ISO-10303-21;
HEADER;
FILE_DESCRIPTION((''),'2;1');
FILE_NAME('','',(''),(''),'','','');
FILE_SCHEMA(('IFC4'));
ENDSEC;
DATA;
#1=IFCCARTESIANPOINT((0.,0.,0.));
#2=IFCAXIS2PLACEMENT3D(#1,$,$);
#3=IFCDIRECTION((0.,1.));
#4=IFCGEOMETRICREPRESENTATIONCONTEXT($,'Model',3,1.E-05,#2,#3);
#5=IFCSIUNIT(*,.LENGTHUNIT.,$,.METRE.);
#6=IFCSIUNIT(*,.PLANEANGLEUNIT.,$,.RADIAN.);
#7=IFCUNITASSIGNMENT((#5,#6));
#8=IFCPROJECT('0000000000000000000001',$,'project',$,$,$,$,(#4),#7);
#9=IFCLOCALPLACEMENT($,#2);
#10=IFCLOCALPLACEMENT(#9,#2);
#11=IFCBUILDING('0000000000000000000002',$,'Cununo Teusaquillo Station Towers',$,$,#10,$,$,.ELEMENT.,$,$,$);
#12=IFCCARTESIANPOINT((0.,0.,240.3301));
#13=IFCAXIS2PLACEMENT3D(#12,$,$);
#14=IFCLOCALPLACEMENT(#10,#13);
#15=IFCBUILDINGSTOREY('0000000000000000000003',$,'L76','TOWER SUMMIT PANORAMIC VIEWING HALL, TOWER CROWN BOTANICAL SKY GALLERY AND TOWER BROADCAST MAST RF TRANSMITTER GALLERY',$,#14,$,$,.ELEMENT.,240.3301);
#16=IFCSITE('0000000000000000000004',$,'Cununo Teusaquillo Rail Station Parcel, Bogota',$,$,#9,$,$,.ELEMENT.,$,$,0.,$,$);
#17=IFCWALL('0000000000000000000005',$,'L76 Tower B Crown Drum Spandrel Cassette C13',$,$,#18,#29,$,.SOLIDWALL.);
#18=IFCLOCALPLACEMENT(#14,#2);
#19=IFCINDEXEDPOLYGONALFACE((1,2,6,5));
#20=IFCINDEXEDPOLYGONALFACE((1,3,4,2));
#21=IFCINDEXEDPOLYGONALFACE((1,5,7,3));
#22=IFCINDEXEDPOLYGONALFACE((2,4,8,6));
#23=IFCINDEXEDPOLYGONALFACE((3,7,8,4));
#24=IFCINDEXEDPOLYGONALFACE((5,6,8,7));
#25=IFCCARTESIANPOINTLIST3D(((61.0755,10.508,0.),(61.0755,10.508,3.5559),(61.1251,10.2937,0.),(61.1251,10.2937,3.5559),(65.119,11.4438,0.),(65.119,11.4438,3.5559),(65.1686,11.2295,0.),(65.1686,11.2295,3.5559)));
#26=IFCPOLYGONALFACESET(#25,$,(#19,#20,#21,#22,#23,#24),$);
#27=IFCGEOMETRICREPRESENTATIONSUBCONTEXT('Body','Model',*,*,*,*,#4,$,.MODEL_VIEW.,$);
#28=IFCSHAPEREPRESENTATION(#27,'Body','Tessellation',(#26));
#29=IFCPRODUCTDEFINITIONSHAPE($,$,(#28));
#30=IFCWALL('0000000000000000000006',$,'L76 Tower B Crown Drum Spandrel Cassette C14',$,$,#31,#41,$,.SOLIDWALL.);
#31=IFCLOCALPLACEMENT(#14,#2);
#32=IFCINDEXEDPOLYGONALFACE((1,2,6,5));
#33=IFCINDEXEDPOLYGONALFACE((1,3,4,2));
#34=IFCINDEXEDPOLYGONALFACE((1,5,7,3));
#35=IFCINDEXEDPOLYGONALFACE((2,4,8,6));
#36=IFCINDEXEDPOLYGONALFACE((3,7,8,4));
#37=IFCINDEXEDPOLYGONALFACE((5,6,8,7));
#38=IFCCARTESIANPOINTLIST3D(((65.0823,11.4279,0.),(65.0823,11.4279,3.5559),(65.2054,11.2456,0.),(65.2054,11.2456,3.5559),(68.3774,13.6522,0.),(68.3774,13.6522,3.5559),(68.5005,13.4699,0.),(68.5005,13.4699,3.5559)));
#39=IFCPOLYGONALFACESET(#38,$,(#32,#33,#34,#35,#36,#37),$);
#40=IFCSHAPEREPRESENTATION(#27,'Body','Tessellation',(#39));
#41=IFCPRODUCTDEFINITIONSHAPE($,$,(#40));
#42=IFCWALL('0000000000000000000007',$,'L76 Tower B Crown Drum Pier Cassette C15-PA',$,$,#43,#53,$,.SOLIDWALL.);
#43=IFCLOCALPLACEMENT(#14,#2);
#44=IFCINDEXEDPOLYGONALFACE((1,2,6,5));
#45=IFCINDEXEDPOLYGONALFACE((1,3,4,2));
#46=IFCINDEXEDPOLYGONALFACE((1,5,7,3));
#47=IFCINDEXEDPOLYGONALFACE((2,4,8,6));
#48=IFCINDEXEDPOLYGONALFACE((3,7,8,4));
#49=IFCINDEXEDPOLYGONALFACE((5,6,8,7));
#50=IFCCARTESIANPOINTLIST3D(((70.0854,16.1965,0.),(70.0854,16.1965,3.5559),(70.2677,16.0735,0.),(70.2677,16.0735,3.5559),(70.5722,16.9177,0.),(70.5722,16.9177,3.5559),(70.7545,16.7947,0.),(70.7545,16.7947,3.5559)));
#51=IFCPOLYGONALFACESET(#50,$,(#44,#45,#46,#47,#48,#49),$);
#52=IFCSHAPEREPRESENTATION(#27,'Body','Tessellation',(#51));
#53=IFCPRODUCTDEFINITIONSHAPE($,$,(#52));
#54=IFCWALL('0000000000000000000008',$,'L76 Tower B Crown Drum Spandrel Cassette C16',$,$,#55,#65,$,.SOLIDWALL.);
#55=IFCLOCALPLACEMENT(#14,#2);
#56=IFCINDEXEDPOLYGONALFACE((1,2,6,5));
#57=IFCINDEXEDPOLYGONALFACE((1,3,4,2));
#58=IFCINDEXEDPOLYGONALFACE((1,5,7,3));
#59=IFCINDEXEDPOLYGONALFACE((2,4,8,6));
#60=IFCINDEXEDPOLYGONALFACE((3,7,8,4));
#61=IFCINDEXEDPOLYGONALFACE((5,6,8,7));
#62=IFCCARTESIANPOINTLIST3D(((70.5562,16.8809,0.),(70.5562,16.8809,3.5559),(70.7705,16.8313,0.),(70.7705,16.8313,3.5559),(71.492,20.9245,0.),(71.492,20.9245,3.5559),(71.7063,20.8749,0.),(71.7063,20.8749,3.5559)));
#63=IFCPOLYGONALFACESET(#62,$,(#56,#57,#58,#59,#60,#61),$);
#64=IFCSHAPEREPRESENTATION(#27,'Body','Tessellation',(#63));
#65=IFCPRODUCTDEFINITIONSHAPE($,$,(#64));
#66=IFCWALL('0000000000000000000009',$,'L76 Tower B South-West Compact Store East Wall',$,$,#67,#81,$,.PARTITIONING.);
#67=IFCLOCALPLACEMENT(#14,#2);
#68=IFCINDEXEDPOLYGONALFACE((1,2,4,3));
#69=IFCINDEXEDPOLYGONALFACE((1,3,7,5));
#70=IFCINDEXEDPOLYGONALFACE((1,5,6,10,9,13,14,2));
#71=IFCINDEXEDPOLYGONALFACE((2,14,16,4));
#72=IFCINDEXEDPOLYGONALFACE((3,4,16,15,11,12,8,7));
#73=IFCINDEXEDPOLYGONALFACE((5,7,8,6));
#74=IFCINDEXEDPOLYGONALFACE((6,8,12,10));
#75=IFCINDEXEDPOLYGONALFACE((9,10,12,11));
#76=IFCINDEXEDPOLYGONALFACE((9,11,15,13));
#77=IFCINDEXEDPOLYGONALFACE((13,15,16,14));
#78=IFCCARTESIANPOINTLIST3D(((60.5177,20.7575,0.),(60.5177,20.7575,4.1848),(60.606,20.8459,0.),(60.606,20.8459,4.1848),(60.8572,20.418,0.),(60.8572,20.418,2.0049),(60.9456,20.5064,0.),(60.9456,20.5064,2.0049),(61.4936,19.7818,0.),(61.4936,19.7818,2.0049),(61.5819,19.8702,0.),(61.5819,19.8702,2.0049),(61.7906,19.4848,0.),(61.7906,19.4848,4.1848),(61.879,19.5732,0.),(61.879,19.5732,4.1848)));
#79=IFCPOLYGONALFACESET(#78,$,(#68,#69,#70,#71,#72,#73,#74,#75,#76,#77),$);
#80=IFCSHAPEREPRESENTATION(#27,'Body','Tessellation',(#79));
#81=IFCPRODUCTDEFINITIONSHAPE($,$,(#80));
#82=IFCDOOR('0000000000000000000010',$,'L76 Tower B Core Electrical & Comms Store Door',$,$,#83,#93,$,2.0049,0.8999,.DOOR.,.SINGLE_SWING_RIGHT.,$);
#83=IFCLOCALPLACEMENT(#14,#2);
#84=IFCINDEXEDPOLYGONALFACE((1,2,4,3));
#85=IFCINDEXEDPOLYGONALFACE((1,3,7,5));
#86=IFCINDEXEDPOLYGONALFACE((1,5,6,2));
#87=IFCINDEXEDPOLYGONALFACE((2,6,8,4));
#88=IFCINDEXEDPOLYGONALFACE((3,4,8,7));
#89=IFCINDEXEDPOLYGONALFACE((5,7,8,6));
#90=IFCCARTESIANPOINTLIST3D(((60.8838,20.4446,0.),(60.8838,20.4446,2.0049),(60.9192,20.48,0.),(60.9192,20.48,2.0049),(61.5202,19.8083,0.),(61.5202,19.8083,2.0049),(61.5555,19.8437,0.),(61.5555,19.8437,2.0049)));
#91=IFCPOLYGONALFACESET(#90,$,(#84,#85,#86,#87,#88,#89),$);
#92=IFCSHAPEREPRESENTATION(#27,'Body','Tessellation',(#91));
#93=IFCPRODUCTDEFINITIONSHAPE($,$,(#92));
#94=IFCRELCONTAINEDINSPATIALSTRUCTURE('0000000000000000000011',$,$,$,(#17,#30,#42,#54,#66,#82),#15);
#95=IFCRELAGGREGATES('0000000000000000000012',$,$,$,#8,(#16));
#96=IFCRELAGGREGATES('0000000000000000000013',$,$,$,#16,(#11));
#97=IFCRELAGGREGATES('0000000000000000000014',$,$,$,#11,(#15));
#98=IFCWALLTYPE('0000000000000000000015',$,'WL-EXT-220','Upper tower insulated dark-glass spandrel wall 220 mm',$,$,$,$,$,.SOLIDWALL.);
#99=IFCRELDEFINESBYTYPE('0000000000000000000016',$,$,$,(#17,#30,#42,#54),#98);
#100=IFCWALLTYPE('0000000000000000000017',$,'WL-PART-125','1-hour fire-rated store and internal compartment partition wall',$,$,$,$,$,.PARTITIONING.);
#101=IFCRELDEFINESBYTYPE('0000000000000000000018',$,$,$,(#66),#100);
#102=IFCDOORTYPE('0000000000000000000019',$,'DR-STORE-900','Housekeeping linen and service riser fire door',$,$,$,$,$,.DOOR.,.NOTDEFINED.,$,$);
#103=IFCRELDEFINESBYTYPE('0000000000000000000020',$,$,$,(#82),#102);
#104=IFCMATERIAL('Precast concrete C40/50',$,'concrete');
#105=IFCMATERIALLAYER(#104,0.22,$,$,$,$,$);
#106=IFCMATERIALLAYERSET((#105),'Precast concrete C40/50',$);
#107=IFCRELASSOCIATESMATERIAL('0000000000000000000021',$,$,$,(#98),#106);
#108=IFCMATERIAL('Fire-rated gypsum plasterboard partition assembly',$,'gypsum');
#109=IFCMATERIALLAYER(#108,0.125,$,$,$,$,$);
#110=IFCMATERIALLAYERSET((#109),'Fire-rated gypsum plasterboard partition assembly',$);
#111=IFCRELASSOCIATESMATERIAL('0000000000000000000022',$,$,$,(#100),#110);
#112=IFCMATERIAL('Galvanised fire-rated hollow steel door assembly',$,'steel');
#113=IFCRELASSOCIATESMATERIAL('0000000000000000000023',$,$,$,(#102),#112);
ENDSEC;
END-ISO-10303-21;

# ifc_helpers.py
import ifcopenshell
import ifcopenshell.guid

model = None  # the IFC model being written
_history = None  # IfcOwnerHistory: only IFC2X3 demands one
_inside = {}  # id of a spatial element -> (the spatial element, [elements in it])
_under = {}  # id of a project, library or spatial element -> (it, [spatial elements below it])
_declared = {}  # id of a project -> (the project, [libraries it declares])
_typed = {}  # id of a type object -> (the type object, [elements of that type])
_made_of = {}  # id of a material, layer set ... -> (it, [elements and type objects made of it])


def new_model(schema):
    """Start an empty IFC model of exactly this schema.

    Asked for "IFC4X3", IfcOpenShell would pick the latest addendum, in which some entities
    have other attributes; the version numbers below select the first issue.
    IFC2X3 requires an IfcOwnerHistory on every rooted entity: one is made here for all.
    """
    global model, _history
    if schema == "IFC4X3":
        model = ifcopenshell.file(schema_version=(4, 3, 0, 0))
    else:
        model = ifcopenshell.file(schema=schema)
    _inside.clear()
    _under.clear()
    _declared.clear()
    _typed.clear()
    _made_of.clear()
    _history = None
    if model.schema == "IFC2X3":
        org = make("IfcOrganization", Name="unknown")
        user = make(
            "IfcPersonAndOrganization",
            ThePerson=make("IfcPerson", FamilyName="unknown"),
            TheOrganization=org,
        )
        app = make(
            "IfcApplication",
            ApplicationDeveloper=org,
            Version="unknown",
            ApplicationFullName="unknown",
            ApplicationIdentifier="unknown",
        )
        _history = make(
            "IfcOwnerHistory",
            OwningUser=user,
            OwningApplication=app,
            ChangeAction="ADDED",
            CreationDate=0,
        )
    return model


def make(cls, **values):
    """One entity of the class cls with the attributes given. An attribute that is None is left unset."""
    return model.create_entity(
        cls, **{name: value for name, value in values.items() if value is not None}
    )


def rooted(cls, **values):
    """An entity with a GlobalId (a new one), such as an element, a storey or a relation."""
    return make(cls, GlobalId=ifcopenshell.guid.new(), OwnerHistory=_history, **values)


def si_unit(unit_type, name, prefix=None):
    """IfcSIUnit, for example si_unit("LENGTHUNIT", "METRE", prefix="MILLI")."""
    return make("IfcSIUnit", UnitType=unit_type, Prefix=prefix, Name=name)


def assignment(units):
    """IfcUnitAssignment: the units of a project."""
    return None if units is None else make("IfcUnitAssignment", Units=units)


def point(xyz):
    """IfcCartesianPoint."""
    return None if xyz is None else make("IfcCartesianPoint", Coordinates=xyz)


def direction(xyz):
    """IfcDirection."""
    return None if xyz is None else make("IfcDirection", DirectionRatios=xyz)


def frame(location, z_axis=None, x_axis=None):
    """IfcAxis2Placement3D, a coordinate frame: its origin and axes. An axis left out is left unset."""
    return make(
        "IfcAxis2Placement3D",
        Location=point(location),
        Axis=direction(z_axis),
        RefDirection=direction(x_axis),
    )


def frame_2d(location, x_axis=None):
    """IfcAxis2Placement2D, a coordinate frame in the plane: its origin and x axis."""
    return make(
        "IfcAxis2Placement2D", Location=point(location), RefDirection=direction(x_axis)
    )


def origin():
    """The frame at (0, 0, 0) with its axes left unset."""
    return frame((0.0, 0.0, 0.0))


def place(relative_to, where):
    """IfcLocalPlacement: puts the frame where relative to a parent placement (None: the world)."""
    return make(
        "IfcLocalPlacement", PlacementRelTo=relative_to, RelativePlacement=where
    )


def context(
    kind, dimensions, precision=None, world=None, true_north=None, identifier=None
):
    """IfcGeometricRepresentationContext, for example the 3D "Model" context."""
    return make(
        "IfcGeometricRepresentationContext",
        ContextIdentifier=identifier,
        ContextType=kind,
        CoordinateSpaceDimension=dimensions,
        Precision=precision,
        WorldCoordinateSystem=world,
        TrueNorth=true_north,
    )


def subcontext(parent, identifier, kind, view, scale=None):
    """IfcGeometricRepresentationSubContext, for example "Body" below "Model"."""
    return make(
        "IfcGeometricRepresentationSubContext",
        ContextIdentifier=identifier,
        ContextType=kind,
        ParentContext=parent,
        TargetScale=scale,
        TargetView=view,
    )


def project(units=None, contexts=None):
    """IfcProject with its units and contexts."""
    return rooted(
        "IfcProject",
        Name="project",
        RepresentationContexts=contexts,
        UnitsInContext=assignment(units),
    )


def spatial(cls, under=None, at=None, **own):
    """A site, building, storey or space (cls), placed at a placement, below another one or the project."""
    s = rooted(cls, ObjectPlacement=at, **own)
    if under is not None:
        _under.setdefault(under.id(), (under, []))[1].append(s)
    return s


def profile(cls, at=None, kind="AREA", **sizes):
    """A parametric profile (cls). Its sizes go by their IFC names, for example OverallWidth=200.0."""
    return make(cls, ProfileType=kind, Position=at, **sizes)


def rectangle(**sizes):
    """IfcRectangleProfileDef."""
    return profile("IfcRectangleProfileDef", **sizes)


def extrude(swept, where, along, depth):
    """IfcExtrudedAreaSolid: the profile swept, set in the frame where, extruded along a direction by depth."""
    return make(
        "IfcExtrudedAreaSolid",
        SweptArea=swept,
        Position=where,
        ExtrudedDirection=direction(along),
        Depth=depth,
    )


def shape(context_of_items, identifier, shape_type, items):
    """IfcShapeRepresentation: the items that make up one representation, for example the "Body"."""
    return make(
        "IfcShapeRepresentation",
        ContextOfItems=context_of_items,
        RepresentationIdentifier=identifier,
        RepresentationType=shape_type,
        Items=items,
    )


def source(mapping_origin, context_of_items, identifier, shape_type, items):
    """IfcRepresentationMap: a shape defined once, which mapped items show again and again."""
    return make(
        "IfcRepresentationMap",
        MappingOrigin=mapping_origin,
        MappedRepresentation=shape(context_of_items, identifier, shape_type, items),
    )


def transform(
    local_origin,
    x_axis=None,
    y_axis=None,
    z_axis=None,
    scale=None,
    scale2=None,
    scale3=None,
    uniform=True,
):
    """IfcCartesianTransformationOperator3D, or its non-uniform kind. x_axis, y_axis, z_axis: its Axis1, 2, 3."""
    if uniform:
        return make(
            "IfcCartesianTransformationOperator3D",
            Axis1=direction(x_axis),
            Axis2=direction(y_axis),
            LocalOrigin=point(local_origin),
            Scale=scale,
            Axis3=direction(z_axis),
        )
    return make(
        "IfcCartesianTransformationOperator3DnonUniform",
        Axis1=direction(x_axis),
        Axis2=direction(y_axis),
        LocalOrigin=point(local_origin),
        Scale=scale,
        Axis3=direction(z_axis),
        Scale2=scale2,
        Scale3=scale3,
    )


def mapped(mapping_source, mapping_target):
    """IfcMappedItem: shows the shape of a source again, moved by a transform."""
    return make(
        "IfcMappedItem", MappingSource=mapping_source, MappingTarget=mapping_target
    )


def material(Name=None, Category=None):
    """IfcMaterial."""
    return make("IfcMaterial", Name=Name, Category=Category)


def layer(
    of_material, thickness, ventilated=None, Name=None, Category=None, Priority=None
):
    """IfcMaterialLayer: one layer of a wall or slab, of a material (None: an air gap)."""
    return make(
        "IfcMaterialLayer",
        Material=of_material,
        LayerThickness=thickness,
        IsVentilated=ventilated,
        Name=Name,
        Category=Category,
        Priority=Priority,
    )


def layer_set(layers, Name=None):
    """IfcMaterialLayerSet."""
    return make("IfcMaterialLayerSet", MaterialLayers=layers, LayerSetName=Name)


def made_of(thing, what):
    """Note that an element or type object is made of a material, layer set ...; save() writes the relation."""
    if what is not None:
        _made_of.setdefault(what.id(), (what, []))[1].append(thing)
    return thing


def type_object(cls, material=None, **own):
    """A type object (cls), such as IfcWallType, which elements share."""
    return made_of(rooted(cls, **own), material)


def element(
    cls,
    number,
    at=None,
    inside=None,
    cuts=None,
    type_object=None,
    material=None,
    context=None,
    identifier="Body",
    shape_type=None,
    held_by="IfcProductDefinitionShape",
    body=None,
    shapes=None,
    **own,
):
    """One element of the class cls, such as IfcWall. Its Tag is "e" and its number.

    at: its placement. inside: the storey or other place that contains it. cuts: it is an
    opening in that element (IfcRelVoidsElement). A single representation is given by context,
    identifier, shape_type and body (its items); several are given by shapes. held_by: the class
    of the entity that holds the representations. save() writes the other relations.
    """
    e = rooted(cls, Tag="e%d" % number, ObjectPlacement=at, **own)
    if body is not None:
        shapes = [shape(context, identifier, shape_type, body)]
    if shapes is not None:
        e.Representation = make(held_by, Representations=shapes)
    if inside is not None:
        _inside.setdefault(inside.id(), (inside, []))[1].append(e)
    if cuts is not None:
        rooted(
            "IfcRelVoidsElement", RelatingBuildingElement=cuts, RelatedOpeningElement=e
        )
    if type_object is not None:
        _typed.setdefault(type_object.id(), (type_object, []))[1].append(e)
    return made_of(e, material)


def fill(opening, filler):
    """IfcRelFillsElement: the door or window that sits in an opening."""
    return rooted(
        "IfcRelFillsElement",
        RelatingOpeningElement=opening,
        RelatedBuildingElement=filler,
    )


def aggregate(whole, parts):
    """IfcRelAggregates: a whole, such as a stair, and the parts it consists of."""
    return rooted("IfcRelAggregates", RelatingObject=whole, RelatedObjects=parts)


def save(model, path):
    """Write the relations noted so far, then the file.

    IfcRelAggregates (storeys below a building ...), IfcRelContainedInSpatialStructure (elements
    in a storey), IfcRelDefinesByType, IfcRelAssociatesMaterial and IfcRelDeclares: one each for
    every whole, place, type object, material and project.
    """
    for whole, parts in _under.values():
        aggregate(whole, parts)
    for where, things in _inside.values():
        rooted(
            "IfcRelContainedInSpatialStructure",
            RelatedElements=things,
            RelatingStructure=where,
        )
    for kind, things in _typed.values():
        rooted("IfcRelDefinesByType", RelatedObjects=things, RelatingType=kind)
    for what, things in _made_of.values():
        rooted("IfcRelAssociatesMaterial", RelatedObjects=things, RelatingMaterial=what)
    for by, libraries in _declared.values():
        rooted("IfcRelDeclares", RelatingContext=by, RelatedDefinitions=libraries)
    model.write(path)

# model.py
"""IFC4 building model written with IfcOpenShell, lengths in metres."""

from ifc_helpers import new_model, si_unit, direction, frame, frame_2d, origin, place, context, subcontext, project, spatial, rectangle, extrude, source, transform, mapped, material, layer, layer_set, type_object, element, fill, save


model = new_model("IFC4")

# Units and contexts
model_context = context("Model", 3, precision=1e-05, world=origin(), true_north=direction((0.0, 1.0)))
body_context = subcontext(model_context, "Body", "Model", "MODEL_VIEW")
ifc_project = project(units=[si_unit("LENGTHUNIT", "METRE"), si_unit("PLANEANGLEUNIT", "RADIAN")], contexts=[model_context])

# Site, building, storey
site_placement = place(None, origin())
site = spatial("IfcSite", under=ifc_project, at=site_placement, Name="Cununo Teusaquillo Rail Station Parcel, Bogota", CompositionType="ELEMENT", RefElevation=0.0)
building_placement = place(site_placement, origin())
building = spatial("IfcBuilding", under=site, at=building_placement, Name="Cununo Teusaquillo Station Towers", CompositionType="ELEMENT")
storey_placement = place(building_placement, frame((0.0, 0.0, 240.3301)))
storey = spatial("IfcBuildingStorey", under=building, at=storey_placement, Name="L76", Description="TOWER SUMMIT PANORAMIC VIEWING HALL, TOWER CROWN BOTANICAL SKY GALLERY AND TOWER BROADCAST MAST RF TRANSMITTER GALLERY", CompositionType="ELEMENT", Elevation=240.3301)

# Walls
ifc_material_1 = material(Name="Precast concrete C40/50", Category="concrete")
ifc_layer_1 = layer(ifc_material_1, 0.22)
ifc_layer_set_1 = layer_set([ifc_layer_1], Name="Precast concrete C40/50")
wall_type_1 = type_object("IfcWallType", Name="WL-EXT-220", Description="Upper tower insulated dark-glass spandrel wall 220 mm", PredefinedType="SOLIDWALL", material=ifc_layer_set_1)
wall_1_placement = place(storey_placement, frame((65.1438, 11.3367, 0.0), z_axis=(0.0, 0.0, 1.0), x_axis=(-0.974249, -0.225474, 0.0)))
element("IfcWall", 1, at=wall_1_placement, inside=storey, type_object=wall_type_1, Name="L76 Tower B Crown Drum Spandrel Cassette C13", PredefinedType="SOLIDWALL", context=body_context, shape_type="SweptSolid", body=[
    extrude(rectangle(XDim=4.1504, YDim=0.22, at=frame_2d((2.0752, 0.0))), origin(), (0.0, 0.0, 1.0), 3.5559),
])
wall_2_placement = place(storey_placement, frame((68.439, 13.561, 0.0), z_axis=(0.0, 0.0, 1.0), x_axis=(-0.828834, -0.559495, 0.0)))
element("IfcWall", 2, at=wall_2_placement, inside=storey, type_object=wall_type_1, Name="L76 Tower B Crown Drum Spandrel Cassette C14", PredefinedType="SOLIDWALL", context=body_context, shape_type="SweptSolid", body=[
    extrude(rectangle(XDim=3.9756, YDim=0.22, at=frame_2d((1.9878, 0.0))), origin(), (0.0, 0.0, 1.0), 3.5559),
])
wall_3_placement = place(storey_placement, frame((70.6633, 16.8562, 0.0), z_axis=(0.0, 0.0, 1.0), x_axis=(-0.559482, -0.828842, 0.0)))
element("IfcWall", 3, at=wall_3_placement, inside=storey, type_object=wall_type_1, Name="L76 Tower B Crown Drum Pier Cassette C15-PA", PredefinedType="SOLIDWALL", context=body_context, shape_type="SweptSolid", body=[
    extrude(rectangle(XDim=0.8701, YDim=0.22, at=frame_2d((0.4351, 0.0))), origin(), (0.0, 0.0, 1.0), 3.5559),
])
wall_4_placement = place(storey_placement, frame((71.5991, 20.8997, 0.0), z_axis=(0.0, 0.0, 1.0), x_axis=(-0.225474, -0.974249, 0.0)))
element("IfcWall", 4, at=wall_4_placement, inside=storey, type_object=wall_type_1, Name="L76 Tower B Crown Drum Spandrel Cassette C16", PredefinedType="SOLIDWALL", context=body_context, shape_type="SweptSolid", body=[
    extrude(rectangle(XDim=4.1504, YDim=0.22, at=frame_2d((2.0752, 0.0))), origin(), (0.0, 0.0, 1.0), 3.5559),
])

# Wall, opening, door
ifc_material_2 = material(Name="Fire-rated gypsum plasterboard partition assembly", Category="gypsum")
ifc_layer_2 = layer(ifc_material_2, 0.125)
ifc_layer_set_2 = layer_set([ifc_layer_2], Name="Fire-rated gypsum plasterboard partition assembly")
wall_type_2 = type_object("IfcWallType", Name="WL-PART-125", Description="1-hour fire-rated store and internal compartment partition wall", PredefinedType="PARTITIONING", material=ifc_layer_set_2)
wall_5_placement = place(storey_placement, frame((61.8347, 19.5291, 0.0), z_axis=(0.0, 0.0, 1.0), x_axis=(-0.707175, 0.707039, 0.0)))
wall_5 = element("IfcWall", 5, at=wall_5_placement, inside=storey, type_object=wall_type_2, Name="L76 Tower B South-West Compact Store East Wall", PredefinedType="PARTITIONING", context=body_context, shape_type="SweptSolid", body=[
    extrude(rectangle(XDim=1.8, YDim=0.125, at=frame_2d((0.8999, 0.0))), origin(), (0.0, 0.0, 1.0), 4.1848),
])
shared_shape_1 = source(origin(), body_context, "Body", "SweptSolid", [
    extrude(rectangle(XDim=0.8999, YDim=2.0049, at=frame_2d((0.45, 1.0024))), frame((0.0, 0.0725, 0.0), z_axis=(0.0, -1.0, 0.0), x_axis=(1.0, 0.0, 0.0)), (0.0, 0.0, 1.0), 0.145),
])
opening_placement = place(wall_5_placement, frame((0.4199, 0.0, 0.0)))
opening = element("IfcOpeningElement", 6, at=opening_placement, cuts=wall_5, PredefinedType="OPENING", context=body_context, shape_type="MappedRepresentation", body=[
    mapped(shared_shape_1, transform((0.0, 0.0, 0.0), x_axis=(1.0, 0.0, 0.0), y_axis=(0.0, 1.0, 0.0), z_axis=(0.0, 0.0, 1.0), scale=1.0)),
])
ifc_material_3 = material(Name="Galvanised fire-rated hollow steel door assembly", Category="steel")
door_type = type_object("IfcDoorType", Name="DR-STORE-900", Description="Housekeeping linen and service riser fire door", OperationType="NOTDEFINED", PredefinedType="DOOR", material=ifc_material_3)
shared_shape_2 = source(origin(), body_context, "Body", "SweptSolid", [
    extrude(rectangle(XDim=0.8999, YDim=2.0049, at=frame_2d((0.45, 1.0024))), frame((0.0, 0.0249, 0.0), z_axis=(0.0, -1.0, 0.0), x_axis=(1.0, 0.0, 0.0)), (0.0, 0.0, 1.0), 0.05),
])
door_placement = place(opening_placement, origin())
door = element("IfcDoor", 7, at=door_placement, inside=storey, type_object=door_type, Name="L76 Tower B Core Electrical & Comms Store Door", OperationType="SINGLE_SWING_RIGHT", OverallHeight=2.0049, OverallWidth=0.8999, PredefinedType="DOOR", context=body_context, shape_type="MappedRepresentation", body=[
    mapped(shared_shape_2, transform((0.0, 0.0, 0.0), x_axis=(1.0, 0.0, 0.0), y_axis=(0.0, 1.0, 0.0), z_axis=(0.0, 0.0, 1.0), scale=1.0)),
])
fill(opening, door)

save(model, "model.ifc")
